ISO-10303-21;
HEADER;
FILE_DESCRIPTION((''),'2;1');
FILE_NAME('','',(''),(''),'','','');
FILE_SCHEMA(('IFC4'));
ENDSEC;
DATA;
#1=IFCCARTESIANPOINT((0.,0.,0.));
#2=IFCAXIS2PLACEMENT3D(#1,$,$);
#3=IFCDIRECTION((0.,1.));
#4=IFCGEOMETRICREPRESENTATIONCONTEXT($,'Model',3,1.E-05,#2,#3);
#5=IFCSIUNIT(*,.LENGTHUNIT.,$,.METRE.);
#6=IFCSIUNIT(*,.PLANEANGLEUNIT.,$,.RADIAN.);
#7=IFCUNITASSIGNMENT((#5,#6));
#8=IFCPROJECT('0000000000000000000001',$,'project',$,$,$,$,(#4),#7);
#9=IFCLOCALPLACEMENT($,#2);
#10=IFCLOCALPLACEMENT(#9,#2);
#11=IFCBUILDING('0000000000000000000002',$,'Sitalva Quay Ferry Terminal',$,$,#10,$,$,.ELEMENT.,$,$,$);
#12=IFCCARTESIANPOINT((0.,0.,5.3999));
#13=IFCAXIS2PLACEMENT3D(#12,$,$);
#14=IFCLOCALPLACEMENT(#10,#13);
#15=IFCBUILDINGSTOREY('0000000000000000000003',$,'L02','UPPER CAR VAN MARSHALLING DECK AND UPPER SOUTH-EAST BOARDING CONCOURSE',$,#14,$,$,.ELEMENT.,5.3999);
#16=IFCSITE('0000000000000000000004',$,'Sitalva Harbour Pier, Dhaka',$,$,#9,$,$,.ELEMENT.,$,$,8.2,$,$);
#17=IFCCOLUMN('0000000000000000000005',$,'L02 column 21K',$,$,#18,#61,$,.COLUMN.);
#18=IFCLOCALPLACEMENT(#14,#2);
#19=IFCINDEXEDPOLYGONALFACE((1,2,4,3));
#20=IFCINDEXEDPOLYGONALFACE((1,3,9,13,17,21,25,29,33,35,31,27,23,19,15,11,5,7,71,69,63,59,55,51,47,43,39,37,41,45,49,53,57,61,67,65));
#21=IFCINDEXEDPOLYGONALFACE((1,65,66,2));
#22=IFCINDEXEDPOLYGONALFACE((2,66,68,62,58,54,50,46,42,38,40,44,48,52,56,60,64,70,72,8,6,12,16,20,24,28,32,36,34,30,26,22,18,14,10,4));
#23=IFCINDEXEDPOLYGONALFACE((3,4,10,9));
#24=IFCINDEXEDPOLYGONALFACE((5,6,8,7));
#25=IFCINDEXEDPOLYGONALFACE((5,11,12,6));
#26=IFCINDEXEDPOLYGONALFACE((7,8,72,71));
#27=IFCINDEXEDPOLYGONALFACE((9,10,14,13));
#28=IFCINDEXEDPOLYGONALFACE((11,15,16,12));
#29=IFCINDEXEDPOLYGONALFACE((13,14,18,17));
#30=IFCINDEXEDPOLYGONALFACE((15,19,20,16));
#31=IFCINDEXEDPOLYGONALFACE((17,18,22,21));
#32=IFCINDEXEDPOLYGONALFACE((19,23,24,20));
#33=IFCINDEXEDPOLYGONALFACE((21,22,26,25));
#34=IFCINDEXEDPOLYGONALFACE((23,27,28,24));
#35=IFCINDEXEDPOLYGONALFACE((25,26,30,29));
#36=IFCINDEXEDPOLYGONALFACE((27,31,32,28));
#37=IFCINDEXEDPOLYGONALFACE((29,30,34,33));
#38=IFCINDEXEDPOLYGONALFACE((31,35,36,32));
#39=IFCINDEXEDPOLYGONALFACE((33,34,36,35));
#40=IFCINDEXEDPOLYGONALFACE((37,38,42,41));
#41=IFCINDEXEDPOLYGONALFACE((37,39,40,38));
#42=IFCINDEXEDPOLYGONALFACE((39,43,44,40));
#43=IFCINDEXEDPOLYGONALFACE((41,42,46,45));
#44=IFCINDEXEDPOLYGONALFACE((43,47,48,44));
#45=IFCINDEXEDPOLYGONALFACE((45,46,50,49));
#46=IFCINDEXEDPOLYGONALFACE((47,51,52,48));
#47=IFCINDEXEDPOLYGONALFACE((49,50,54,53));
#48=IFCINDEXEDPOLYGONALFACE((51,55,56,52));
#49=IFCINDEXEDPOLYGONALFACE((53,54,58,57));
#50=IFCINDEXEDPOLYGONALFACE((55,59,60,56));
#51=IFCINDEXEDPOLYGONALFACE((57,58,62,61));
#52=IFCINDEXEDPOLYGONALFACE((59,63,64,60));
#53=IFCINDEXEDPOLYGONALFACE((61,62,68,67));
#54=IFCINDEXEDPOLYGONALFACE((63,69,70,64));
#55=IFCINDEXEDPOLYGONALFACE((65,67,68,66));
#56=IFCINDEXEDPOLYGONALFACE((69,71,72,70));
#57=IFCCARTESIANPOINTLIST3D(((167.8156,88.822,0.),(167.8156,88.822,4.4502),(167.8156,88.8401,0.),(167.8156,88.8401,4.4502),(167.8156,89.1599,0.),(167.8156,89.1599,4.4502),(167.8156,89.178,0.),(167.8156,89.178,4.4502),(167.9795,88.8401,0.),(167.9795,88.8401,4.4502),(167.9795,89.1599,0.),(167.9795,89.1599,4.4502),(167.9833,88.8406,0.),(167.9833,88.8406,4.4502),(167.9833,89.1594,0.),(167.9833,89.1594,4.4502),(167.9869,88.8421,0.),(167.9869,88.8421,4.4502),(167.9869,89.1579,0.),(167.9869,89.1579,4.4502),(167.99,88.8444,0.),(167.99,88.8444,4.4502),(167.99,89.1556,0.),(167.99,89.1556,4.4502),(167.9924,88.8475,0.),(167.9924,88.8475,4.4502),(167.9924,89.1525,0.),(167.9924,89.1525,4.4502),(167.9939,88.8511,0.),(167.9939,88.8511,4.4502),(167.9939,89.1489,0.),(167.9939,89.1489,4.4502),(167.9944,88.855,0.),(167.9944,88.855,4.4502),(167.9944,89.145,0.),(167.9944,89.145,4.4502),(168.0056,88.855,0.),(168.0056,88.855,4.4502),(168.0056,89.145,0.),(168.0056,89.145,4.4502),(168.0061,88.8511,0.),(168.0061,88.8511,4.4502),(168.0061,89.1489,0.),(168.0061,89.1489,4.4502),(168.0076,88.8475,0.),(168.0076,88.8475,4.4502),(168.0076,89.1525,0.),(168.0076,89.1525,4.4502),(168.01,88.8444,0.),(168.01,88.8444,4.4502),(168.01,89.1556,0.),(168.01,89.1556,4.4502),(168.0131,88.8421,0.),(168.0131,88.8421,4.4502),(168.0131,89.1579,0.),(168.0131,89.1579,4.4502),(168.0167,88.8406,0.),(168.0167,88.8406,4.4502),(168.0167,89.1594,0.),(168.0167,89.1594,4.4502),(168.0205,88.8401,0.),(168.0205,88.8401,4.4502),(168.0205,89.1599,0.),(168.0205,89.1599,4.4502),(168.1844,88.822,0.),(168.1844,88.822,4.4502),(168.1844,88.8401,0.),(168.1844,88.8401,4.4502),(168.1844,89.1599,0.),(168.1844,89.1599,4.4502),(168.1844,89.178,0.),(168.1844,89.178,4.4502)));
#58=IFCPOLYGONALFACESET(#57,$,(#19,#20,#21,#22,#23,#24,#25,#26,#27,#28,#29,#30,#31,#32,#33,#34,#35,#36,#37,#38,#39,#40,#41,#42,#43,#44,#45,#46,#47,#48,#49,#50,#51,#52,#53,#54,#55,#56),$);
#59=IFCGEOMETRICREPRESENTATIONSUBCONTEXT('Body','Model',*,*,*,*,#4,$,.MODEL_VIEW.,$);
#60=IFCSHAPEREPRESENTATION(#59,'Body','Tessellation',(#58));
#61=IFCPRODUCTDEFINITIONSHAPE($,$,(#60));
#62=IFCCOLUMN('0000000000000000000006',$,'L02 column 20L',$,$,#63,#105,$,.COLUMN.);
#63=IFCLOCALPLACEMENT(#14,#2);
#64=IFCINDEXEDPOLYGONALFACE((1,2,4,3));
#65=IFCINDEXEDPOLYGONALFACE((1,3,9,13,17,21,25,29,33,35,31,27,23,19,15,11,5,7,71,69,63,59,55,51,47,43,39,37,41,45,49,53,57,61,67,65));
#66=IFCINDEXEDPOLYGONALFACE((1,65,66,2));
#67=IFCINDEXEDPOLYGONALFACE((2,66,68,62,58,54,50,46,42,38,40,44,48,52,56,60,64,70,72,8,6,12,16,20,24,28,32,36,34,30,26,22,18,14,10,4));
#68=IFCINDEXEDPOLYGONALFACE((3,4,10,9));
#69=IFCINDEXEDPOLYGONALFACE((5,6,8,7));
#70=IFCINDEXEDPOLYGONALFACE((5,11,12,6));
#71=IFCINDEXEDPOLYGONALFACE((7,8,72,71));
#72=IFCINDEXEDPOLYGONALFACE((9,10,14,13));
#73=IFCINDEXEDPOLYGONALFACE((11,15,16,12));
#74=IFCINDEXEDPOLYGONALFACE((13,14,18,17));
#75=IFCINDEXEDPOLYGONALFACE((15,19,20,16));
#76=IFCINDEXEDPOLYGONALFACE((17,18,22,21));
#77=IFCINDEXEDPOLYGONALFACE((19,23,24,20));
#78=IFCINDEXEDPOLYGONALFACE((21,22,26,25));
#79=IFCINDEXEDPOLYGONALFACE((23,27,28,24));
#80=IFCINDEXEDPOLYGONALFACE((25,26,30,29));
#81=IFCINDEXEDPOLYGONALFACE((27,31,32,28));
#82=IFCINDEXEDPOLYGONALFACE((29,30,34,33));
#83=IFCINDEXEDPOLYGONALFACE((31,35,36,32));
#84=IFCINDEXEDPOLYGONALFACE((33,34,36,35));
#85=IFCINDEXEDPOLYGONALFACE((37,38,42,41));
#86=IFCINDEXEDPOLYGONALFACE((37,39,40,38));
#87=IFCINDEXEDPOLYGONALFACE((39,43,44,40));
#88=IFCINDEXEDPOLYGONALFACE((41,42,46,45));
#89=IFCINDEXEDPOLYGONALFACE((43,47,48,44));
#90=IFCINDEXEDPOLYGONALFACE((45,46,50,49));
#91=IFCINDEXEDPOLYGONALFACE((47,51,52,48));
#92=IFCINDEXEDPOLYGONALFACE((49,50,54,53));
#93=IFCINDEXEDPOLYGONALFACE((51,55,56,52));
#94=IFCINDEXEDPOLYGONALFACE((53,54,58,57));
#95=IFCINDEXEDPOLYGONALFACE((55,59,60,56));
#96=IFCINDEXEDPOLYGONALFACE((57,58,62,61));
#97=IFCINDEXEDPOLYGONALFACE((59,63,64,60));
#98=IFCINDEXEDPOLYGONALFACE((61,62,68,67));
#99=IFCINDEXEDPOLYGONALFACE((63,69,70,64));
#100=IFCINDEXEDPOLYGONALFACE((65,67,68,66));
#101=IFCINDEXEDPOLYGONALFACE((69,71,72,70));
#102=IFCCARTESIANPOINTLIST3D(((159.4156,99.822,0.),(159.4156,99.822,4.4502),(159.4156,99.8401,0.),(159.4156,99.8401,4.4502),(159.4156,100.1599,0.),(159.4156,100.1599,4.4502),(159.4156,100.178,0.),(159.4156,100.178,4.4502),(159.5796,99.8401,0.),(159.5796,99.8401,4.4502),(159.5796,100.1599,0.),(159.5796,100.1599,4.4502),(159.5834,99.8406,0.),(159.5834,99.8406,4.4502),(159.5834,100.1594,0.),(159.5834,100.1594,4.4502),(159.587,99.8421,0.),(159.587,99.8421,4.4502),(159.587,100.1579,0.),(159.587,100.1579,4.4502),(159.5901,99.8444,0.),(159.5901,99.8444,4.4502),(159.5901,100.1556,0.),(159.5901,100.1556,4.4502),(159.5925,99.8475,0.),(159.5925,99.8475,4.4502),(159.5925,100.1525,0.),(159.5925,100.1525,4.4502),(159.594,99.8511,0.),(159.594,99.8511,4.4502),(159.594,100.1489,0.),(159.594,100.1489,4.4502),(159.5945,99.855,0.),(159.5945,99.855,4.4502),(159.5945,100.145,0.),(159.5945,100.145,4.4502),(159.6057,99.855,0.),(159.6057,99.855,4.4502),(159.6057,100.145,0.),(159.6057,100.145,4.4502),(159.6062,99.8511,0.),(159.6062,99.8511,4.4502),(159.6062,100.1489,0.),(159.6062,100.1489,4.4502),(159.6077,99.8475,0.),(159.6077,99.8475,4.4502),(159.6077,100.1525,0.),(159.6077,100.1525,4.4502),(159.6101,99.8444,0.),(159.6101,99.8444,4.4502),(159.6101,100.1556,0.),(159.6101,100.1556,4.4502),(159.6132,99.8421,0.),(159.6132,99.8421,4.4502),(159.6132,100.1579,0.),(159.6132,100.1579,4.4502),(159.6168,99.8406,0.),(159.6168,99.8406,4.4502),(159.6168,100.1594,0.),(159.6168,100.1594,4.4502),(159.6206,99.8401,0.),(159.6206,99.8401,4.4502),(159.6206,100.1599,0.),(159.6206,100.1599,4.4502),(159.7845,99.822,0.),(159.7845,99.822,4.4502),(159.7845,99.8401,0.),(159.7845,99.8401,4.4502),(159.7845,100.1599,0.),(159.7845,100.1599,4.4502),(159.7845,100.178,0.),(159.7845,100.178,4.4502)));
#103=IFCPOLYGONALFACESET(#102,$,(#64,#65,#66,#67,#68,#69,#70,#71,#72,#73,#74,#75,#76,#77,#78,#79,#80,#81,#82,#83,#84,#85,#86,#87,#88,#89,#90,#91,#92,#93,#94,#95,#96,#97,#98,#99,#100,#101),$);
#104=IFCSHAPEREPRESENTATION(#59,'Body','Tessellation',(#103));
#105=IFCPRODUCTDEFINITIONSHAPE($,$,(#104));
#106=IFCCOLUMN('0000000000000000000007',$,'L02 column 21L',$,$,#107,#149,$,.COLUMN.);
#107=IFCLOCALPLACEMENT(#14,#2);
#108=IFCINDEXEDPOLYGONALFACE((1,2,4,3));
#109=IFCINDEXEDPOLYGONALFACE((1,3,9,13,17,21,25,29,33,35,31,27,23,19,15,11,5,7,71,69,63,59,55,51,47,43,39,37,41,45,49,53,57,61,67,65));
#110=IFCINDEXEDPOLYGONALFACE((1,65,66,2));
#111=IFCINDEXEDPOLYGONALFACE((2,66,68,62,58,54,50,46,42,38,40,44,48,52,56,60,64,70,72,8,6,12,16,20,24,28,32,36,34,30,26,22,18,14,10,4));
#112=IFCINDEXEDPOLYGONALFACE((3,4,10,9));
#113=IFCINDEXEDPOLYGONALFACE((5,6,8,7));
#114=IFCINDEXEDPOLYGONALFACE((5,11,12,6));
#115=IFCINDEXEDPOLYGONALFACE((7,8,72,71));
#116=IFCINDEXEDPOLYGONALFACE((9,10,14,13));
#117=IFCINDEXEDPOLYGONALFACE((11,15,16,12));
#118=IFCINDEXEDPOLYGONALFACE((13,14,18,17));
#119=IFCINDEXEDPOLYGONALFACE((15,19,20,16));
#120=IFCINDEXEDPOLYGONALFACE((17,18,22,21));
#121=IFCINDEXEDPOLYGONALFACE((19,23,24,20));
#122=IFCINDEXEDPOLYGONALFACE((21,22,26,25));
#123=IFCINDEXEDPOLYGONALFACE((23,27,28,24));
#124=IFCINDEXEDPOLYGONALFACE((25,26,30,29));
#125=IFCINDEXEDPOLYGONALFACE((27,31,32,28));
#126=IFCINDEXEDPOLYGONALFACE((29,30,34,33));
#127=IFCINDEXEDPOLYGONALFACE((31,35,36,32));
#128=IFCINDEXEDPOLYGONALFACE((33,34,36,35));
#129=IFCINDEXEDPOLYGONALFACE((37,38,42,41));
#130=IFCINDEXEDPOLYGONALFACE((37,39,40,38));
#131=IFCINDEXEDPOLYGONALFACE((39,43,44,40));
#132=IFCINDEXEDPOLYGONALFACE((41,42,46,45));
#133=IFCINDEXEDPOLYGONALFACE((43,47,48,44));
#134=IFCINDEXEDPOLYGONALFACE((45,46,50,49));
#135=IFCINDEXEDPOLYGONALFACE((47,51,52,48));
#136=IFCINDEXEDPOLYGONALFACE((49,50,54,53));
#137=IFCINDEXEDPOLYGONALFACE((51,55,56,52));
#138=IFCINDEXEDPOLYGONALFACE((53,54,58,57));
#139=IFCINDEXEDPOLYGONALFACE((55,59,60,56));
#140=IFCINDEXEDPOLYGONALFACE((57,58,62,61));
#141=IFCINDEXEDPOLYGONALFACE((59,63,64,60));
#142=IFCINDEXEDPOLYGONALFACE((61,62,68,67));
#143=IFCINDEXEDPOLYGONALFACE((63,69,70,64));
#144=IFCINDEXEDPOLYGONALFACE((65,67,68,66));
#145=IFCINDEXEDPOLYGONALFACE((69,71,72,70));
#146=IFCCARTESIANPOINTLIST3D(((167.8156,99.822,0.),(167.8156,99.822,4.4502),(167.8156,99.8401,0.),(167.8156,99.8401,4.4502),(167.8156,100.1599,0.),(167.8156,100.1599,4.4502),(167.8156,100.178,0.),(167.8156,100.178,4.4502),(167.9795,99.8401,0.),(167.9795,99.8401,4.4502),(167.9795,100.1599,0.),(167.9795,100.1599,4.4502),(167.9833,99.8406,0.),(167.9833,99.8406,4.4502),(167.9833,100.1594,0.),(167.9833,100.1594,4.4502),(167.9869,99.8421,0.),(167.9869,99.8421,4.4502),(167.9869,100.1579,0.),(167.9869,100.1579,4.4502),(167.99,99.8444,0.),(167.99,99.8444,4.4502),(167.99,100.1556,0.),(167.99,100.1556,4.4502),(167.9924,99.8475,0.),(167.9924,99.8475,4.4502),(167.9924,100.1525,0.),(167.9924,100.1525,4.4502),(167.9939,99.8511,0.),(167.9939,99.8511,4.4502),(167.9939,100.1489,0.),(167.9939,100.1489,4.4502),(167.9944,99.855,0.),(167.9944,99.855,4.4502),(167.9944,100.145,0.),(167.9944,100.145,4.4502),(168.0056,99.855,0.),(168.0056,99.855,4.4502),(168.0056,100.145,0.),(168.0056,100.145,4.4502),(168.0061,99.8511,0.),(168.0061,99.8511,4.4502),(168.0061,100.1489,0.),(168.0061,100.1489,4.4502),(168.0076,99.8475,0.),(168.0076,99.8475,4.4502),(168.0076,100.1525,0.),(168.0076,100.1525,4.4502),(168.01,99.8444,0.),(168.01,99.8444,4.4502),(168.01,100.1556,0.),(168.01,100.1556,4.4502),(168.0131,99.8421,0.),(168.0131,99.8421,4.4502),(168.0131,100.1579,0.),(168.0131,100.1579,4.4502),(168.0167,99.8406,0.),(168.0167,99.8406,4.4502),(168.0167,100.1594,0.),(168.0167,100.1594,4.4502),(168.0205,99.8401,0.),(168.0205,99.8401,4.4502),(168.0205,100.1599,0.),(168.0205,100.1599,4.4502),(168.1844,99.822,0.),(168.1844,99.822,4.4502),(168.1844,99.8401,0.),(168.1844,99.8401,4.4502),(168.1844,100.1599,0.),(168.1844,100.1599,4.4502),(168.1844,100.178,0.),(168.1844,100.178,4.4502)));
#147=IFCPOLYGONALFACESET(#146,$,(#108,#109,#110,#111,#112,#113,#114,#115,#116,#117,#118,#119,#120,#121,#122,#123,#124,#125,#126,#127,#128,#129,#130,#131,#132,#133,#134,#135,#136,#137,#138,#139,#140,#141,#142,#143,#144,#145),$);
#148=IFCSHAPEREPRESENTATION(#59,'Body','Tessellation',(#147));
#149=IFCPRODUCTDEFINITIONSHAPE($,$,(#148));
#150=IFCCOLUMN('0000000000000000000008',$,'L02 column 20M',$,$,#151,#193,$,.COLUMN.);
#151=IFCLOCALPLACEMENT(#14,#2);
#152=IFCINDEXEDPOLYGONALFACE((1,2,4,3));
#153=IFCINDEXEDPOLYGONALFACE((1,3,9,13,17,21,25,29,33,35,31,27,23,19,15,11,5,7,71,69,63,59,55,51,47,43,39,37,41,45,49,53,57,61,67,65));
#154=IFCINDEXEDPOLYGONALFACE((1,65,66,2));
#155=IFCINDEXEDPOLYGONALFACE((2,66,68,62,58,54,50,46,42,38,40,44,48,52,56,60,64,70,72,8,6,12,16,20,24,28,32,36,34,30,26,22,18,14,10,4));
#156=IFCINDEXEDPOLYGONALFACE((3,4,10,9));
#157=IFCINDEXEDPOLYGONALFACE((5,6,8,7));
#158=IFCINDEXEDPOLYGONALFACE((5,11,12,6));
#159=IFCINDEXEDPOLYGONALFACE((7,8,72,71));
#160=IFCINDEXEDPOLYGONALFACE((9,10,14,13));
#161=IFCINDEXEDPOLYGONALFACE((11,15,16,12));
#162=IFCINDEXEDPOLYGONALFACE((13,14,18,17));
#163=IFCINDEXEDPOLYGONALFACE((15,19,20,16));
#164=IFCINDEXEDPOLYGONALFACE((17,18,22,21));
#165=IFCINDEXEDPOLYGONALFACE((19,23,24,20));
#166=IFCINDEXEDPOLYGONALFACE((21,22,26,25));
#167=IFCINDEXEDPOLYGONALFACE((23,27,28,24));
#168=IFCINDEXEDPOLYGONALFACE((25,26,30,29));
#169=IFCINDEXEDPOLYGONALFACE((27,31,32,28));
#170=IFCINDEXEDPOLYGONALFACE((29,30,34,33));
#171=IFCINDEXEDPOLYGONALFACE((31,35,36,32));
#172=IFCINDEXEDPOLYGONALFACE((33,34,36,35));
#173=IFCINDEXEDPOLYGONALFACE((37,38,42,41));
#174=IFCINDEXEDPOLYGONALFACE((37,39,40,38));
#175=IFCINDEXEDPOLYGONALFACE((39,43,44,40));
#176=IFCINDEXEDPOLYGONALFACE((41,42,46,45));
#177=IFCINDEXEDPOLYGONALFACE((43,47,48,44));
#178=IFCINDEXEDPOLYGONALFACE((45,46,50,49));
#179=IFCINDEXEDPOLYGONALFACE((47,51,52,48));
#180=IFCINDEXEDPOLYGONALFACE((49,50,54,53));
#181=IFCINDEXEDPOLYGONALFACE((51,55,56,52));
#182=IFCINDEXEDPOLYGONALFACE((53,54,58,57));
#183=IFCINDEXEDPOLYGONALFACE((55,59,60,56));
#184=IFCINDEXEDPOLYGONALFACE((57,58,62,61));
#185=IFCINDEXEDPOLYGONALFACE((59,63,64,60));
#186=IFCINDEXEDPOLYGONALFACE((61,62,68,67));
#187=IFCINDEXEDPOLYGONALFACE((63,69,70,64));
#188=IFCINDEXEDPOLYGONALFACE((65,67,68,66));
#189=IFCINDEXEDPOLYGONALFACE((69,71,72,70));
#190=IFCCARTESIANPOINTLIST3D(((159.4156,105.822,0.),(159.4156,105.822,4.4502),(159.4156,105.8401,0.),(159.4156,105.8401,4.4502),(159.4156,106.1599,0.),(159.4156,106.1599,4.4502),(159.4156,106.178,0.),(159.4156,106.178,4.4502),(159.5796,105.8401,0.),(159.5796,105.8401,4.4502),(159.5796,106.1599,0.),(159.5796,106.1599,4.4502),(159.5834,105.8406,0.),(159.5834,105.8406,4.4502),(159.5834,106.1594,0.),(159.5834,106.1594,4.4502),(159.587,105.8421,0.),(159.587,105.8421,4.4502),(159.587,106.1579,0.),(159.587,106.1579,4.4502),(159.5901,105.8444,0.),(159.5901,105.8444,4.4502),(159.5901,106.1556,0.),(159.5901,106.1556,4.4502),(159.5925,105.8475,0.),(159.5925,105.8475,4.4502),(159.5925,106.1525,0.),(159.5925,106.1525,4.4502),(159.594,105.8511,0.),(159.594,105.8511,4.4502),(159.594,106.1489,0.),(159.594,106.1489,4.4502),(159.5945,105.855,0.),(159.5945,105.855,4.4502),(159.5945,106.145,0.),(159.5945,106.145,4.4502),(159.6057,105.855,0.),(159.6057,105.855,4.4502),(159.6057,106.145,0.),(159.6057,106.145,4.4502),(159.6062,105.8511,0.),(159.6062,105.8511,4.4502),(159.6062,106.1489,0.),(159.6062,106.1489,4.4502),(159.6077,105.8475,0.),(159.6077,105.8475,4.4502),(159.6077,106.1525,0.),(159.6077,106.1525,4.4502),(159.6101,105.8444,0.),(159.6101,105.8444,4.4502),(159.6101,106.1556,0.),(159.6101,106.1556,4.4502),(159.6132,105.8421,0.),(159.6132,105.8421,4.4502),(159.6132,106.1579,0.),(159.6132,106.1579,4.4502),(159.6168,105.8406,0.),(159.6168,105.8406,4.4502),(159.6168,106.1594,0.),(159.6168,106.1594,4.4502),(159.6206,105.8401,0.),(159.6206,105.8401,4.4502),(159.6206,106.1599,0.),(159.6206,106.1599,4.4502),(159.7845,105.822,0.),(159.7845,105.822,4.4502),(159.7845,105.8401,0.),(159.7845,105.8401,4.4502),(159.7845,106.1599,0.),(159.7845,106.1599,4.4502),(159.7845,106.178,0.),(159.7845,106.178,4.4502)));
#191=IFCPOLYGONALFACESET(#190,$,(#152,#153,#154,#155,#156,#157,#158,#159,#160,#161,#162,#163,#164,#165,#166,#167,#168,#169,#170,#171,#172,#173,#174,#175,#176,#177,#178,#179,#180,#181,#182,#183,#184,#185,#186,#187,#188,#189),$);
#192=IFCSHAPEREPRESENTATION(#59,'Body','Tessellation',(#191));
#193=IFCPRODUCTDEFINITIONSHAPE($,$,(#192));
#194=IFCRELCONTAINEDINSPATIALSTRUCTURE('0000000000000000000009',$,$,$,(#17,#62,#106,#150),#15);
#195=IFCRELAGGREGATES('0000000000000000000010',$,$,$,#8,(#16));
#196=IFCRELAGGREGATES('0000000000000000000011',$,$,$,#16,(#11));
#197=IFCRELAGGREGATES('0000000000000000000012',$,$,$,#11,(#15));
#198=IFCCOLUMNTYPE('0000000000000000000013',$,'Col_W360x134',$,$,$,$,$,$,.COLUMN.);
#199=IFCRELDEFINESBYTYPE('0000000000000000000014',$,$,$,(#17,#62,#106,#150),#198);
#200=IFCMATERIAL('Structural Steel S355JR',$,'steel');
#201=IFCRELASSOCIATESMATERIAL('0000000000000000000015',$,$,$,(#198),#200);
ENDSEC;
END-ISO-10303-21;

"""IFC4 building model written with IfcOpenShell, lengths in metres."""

from ifc_helpers import new_model, si_unit, direction, frame, origin, origin_2d, place, context, subcontext, project, spatial, i_section, extrude, material, material_profile, profile_set, type_object, element, save


model = new_model("IFC4")

# Units and contexts
model_context = context("Model", 3, precision=1e-05, world=origin(), true_north=direction((0.0, 1.0)))
body_context = subcontext(model_context, "Body", "Model", "MODEL_VIEW")
ifc_project = project(units=[si_unit("LENGTHUNIT", "METRE"), si_unit("PLANEANGLEUNIT", "RADIAN")], contexts=[model_context])

# Site, building, storey
site_placement = place(None, origin())
site = spatial("IfcSite", under=ifc_project, at=site_placement, Name="Sitalva Harbour Pier, Dhaka", CompositionType="ELEMENT", RefElevation=8.2)
building_placement = place(site_placement, origin())
building = spatial("IfcBuilding", under=site, at=building_placement, Name="Sitalva Quay Ferry Terminal", CompositionType="ELEMENT")
storey_placement = place(building_placement, frame((0.0, 0.0, 5.3999)))
storey = spatial("IfcBuildingStorey", under=building, at=storey_placement, Name="L02", Description="UPPER CAR VAN MARSHALLING DECK AND UPPER SOUTH-EAST BOARDING CONCOURSE", CompositionType="ELEMENT", Elevation=5.3999)

# Columns
ifc_material_1 = material(Name="Structural Steel S355JR", Category="steel")
ifc_material_profile_1 = material_profile(ifc_material_1, i_section(OverallWidth=0.3689, OverallDepth=0.356, WebThickness=0.0112, FlangeThickness=0.0181, FilletRadius=0.0149, at=origin_2d()), Name="W360x134")
ifc_profile_set_1 = profile_set([ifc_material_profile_1], Name="Structural Steel S355JR")
column_type = type_object("IfcColumnType", Name="Col_W360x134", PredefinedType="COLUMN", material=ifc_profile_set_1)
for number, where, z_axis, x_axis, name in (
    (1, (168.0, 89.0, 0.0), (0.0, 0.0, 1.0), (1.0, 0.0, 0.0), "L02 column 21K"),
    (2, (159.6001, 100.0, 0.0), (0.0, 0.0, 1.0), (1.0, 0.0, 0.0), "L02 column 20L"),
    (3, (168.0, 100.0, 0.0), (0.0, 0.0, 1.0), (1.0, 0.0, 0.0), "L02 column 21L"),
    (4, (159.6001, 106.0, 0.0), (0.0, 0.0, 1.0), (1.0, 0.0, 0.0), "L02 column 20M"),
):
    element("IfcColumn", number, at=place(storey_placement, frame(where, z_axis=z_axis, x_axis=x_axis)), inside=storey, type_object=column_type, Name=name, PredefinedType="COLUMN", context=body_context, shape_type="SweptSolid", body=[
        extrude(i_section(OverallWidth=0.3689, OverallDepth=0.356, WebThickness=0.0112, FlangeThickness=0.0181, FilletRadius=0.0149, at=origin_2d()), origin(), (0.0, 0.0, 1.0), 4.4502),
    ])

save(model, "model.ifc")
